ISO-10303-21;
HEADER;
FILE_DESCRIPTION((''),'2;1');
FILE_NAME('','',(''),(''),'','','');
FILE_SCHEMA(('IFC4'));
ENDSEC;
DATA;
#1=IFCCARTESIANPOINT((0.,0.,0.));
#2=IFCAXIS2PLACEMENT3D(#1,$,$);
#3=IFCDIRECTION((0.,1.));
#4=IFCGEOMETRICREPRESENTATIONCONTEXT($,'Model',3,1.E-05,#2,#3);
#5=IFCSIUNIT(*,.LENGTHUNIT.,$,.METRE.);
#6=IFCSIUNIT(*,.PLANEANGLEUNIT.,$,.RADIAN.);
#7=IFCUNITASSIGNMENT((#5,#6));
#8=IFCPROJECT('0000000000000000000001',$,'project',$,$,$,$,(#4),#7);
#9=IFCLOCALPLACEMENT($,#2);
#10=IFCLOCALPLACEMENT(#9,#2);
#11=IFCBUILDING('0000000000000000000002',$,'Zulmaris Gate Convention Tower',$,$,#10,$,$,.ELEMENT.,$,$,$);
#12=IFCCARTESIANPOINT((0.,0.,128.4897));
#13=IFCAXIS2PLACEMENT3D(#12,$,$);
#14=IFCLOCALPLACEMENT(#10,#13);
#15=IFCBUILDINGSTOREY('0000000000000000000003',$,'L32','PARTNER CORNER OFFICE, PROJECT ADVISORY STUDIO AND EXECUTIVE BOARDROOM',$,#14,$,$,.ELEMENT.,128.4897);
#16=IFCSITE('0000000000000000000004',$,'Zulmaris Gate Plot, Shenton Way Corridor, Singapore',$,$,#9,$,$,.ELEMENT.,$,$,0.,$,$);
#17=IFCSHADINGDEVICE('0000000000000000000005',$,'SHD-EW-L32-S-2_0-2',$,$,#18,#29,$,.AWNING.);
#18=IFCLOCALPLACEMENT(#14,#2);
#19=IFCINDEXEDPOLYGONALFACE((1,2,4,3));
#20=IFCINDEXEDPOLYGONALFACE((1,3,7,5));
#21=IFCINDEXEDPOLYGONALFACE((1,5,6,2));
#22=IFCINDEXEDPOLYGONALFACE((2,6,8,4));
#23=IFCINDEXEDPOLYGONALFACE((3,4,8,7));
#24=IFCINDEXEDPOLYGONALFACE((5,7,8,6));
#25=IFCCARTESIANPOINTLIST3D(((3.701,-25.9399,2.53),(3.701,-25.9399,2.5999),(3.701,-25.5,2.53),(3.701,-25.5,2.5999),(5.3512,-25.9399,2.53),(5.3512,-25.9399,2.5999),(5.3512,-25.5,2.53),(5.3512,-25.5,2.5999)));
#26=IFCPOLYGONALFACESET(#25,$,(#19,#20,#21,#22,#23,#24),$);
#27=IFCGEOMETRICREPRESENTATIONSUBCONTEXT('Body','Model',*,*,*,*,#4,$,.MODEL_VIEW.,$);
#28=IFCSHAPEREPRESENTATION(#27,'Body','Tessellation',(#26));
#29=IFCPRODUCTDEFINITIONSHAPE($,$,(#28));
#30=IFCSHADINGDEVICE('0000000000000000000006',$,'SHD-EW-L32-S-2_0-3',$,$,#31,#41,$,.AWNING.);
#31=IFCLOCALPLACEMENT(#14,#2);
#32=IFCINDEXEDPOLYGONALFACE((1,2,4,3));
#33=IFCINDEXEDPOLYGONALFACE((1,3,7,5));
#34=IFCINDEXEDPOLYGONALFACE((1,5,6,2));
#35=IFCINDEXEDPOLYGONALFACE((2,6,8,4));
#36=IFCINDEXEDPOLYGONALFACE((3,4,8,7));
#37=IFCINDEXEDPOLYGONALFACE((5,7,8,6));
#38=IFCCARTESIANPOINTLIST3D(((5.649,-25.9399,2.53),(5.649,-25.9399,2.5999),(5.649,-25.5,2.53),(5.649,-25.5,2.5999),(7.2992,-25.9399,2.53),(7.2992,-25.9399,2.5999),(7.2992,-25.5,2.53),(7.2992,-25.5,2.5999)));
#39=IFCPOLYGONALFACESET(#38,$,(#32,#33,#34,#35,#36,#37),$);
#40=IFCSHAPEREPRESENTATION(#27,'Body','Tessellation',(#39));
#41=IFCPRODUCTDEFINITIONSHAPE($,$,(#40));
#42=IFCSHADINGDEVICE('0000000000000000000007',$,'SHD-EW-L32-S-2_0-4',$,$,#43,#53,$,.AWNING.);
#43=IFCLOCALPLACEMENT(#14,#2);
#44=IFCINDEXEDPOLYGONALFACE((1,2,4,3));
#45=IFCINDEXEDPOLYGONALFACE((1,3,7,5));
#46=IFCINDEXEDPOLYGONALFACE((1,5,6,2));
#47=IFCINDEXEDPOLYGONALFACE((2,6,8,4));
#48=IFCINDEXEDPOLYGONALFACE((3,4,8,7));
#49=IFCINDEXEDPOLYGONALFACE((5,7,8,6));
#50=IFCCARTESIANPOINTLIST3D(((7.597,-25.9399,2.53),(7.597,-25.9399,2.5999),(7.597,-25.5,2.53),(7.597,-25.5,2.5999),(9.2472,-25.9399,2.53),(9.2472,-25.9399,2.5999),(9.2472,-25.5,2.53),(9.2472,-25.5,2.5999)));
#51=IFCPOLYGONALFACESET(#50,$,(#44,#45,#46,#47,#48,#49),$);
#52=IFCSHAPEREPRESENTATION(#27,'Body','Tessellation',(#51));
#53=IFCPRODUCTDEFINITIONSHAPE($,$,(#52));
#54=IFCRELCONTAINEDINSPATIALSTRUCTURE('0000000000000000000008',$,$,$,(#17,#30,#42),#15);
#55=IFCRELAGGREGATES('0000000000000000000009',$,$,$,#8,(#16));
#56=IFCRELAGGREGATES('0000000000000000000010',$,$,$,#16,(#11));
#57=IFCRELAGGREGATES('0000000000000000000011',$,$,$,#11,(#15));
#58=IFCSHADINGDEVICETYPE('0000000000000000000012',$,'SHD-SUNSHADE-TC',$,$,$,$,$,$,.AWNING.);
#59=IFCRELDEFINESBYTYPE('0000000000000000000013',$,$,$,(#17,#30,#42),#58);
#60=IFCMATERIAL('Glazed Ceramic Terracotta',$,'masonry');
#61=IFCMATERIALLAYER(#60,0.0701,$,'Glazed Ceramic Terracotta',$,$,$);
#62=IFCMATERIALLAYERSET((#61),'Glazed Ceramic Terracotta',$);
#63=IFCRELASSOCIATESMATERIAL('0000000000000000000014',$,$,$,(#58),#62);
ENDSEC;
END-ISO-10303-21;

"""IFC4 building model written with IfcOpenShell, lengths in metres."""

from ifc_helpers import new_model, si_unit, direction, frame, frame_2d, origin, place, context, subcontext, project, spatial, rectangle, extrude, material, layer, layer_set, type_object, element, save


model = new_model("IFC4")

# Units and contexts
model_context = context("Model", 3, precision=1e-05, world=origin(), true_north=direction((0.0, 1.0)))
body_context = subcontext(model_context, "Body", "Model", "MODEL_VIEW")
ifc_project = project(units=[si_unit("LENGTHUNIT", "METRE"), si_unit("PLANEANGLEUNIT", "RADIAN")], contexts=[model_context])

# Site, building, storey
site_placement = place(None, origin())
site = spatial("IfcSite", under=ifc_project, at=site_placement, Name="Zulmaris Gate Plot, Shenton Way Corridor, Singapore", CompositionType="ELEMENT", RefElevation=0.0)
building_placement = place(site_placement, origin())
building = spatial("IfcBuilding", under=site, at=building_placement, Name="Zulmaris Gate Convention Tower", CompositionType="ELEMENT")
storey_placement = place(building_placement, frame((0.0, 0.0, 128.4897)))
storey = spatial("IfcBuildingStorey", under=building, at=storey_placement, Name="L32", Description="PARTNER CORNER OFFICE, PROJECT ADVISORY STUDIO AND EXECUTIVE BOARDROOM", CompositionType="ELEMENT", Elevation=128.4897)

# Shading devices
ifc_material_1 = material(Name="Glazed Ceramic Terracotta", Category="masonry")
ifc_layer_1 = layer(ifc_material_1, 0.0701, Name="Glazed Ceramic Terracotta")
ifc_layer_set_1 = layer_set([ifc_layer_1], Name="Glazed Ceramic Terracotta")
shading_device_type = type_object("IfcShadingDeviceType", Name="SHD-SUNSHADE-TC", PredefinedType="AWNING", material=ifc_layer_set_1)
for number, where, z_axis, x_axis, name in (
    (1, (3.7009, -25.72, 2.53), (0.0, 0.0, 1.0), (1.0, 0.0, 0.0), "SHD-EW-L32-S-2_0-2"),
    (2, (5.6489, -25.72, 2.53), (0.0, 0.0, 1.0), (1.0, 0.0, 0.0), "SHD-EW-L32-S-2_0-3"),
    (3, (7.5969, -25.72, 2.53), (0.0, 0.0, 1.0), (1.0, 0.0, 0.0), "SHD-EW-L32-S-2_0-4"),
):
    element("IfcShadingDevice", number, at=place(storey_placement, frame(where, z_axis=z_axis, x_axis=x_axis)), inside=storey, type_object=shading_device_type, Name=name, PredefinedType="AWNING", context=body_context, shape_type="SweptSolid", body=[
        extrude(rectangle(XDim=1.6501, YDim=0.4399, at=frame_2d((0.8252, 0.0))), origin(), (0.0, 0.0, 1.0), 0.0698),
    ])

save(model, "model.ifc")
